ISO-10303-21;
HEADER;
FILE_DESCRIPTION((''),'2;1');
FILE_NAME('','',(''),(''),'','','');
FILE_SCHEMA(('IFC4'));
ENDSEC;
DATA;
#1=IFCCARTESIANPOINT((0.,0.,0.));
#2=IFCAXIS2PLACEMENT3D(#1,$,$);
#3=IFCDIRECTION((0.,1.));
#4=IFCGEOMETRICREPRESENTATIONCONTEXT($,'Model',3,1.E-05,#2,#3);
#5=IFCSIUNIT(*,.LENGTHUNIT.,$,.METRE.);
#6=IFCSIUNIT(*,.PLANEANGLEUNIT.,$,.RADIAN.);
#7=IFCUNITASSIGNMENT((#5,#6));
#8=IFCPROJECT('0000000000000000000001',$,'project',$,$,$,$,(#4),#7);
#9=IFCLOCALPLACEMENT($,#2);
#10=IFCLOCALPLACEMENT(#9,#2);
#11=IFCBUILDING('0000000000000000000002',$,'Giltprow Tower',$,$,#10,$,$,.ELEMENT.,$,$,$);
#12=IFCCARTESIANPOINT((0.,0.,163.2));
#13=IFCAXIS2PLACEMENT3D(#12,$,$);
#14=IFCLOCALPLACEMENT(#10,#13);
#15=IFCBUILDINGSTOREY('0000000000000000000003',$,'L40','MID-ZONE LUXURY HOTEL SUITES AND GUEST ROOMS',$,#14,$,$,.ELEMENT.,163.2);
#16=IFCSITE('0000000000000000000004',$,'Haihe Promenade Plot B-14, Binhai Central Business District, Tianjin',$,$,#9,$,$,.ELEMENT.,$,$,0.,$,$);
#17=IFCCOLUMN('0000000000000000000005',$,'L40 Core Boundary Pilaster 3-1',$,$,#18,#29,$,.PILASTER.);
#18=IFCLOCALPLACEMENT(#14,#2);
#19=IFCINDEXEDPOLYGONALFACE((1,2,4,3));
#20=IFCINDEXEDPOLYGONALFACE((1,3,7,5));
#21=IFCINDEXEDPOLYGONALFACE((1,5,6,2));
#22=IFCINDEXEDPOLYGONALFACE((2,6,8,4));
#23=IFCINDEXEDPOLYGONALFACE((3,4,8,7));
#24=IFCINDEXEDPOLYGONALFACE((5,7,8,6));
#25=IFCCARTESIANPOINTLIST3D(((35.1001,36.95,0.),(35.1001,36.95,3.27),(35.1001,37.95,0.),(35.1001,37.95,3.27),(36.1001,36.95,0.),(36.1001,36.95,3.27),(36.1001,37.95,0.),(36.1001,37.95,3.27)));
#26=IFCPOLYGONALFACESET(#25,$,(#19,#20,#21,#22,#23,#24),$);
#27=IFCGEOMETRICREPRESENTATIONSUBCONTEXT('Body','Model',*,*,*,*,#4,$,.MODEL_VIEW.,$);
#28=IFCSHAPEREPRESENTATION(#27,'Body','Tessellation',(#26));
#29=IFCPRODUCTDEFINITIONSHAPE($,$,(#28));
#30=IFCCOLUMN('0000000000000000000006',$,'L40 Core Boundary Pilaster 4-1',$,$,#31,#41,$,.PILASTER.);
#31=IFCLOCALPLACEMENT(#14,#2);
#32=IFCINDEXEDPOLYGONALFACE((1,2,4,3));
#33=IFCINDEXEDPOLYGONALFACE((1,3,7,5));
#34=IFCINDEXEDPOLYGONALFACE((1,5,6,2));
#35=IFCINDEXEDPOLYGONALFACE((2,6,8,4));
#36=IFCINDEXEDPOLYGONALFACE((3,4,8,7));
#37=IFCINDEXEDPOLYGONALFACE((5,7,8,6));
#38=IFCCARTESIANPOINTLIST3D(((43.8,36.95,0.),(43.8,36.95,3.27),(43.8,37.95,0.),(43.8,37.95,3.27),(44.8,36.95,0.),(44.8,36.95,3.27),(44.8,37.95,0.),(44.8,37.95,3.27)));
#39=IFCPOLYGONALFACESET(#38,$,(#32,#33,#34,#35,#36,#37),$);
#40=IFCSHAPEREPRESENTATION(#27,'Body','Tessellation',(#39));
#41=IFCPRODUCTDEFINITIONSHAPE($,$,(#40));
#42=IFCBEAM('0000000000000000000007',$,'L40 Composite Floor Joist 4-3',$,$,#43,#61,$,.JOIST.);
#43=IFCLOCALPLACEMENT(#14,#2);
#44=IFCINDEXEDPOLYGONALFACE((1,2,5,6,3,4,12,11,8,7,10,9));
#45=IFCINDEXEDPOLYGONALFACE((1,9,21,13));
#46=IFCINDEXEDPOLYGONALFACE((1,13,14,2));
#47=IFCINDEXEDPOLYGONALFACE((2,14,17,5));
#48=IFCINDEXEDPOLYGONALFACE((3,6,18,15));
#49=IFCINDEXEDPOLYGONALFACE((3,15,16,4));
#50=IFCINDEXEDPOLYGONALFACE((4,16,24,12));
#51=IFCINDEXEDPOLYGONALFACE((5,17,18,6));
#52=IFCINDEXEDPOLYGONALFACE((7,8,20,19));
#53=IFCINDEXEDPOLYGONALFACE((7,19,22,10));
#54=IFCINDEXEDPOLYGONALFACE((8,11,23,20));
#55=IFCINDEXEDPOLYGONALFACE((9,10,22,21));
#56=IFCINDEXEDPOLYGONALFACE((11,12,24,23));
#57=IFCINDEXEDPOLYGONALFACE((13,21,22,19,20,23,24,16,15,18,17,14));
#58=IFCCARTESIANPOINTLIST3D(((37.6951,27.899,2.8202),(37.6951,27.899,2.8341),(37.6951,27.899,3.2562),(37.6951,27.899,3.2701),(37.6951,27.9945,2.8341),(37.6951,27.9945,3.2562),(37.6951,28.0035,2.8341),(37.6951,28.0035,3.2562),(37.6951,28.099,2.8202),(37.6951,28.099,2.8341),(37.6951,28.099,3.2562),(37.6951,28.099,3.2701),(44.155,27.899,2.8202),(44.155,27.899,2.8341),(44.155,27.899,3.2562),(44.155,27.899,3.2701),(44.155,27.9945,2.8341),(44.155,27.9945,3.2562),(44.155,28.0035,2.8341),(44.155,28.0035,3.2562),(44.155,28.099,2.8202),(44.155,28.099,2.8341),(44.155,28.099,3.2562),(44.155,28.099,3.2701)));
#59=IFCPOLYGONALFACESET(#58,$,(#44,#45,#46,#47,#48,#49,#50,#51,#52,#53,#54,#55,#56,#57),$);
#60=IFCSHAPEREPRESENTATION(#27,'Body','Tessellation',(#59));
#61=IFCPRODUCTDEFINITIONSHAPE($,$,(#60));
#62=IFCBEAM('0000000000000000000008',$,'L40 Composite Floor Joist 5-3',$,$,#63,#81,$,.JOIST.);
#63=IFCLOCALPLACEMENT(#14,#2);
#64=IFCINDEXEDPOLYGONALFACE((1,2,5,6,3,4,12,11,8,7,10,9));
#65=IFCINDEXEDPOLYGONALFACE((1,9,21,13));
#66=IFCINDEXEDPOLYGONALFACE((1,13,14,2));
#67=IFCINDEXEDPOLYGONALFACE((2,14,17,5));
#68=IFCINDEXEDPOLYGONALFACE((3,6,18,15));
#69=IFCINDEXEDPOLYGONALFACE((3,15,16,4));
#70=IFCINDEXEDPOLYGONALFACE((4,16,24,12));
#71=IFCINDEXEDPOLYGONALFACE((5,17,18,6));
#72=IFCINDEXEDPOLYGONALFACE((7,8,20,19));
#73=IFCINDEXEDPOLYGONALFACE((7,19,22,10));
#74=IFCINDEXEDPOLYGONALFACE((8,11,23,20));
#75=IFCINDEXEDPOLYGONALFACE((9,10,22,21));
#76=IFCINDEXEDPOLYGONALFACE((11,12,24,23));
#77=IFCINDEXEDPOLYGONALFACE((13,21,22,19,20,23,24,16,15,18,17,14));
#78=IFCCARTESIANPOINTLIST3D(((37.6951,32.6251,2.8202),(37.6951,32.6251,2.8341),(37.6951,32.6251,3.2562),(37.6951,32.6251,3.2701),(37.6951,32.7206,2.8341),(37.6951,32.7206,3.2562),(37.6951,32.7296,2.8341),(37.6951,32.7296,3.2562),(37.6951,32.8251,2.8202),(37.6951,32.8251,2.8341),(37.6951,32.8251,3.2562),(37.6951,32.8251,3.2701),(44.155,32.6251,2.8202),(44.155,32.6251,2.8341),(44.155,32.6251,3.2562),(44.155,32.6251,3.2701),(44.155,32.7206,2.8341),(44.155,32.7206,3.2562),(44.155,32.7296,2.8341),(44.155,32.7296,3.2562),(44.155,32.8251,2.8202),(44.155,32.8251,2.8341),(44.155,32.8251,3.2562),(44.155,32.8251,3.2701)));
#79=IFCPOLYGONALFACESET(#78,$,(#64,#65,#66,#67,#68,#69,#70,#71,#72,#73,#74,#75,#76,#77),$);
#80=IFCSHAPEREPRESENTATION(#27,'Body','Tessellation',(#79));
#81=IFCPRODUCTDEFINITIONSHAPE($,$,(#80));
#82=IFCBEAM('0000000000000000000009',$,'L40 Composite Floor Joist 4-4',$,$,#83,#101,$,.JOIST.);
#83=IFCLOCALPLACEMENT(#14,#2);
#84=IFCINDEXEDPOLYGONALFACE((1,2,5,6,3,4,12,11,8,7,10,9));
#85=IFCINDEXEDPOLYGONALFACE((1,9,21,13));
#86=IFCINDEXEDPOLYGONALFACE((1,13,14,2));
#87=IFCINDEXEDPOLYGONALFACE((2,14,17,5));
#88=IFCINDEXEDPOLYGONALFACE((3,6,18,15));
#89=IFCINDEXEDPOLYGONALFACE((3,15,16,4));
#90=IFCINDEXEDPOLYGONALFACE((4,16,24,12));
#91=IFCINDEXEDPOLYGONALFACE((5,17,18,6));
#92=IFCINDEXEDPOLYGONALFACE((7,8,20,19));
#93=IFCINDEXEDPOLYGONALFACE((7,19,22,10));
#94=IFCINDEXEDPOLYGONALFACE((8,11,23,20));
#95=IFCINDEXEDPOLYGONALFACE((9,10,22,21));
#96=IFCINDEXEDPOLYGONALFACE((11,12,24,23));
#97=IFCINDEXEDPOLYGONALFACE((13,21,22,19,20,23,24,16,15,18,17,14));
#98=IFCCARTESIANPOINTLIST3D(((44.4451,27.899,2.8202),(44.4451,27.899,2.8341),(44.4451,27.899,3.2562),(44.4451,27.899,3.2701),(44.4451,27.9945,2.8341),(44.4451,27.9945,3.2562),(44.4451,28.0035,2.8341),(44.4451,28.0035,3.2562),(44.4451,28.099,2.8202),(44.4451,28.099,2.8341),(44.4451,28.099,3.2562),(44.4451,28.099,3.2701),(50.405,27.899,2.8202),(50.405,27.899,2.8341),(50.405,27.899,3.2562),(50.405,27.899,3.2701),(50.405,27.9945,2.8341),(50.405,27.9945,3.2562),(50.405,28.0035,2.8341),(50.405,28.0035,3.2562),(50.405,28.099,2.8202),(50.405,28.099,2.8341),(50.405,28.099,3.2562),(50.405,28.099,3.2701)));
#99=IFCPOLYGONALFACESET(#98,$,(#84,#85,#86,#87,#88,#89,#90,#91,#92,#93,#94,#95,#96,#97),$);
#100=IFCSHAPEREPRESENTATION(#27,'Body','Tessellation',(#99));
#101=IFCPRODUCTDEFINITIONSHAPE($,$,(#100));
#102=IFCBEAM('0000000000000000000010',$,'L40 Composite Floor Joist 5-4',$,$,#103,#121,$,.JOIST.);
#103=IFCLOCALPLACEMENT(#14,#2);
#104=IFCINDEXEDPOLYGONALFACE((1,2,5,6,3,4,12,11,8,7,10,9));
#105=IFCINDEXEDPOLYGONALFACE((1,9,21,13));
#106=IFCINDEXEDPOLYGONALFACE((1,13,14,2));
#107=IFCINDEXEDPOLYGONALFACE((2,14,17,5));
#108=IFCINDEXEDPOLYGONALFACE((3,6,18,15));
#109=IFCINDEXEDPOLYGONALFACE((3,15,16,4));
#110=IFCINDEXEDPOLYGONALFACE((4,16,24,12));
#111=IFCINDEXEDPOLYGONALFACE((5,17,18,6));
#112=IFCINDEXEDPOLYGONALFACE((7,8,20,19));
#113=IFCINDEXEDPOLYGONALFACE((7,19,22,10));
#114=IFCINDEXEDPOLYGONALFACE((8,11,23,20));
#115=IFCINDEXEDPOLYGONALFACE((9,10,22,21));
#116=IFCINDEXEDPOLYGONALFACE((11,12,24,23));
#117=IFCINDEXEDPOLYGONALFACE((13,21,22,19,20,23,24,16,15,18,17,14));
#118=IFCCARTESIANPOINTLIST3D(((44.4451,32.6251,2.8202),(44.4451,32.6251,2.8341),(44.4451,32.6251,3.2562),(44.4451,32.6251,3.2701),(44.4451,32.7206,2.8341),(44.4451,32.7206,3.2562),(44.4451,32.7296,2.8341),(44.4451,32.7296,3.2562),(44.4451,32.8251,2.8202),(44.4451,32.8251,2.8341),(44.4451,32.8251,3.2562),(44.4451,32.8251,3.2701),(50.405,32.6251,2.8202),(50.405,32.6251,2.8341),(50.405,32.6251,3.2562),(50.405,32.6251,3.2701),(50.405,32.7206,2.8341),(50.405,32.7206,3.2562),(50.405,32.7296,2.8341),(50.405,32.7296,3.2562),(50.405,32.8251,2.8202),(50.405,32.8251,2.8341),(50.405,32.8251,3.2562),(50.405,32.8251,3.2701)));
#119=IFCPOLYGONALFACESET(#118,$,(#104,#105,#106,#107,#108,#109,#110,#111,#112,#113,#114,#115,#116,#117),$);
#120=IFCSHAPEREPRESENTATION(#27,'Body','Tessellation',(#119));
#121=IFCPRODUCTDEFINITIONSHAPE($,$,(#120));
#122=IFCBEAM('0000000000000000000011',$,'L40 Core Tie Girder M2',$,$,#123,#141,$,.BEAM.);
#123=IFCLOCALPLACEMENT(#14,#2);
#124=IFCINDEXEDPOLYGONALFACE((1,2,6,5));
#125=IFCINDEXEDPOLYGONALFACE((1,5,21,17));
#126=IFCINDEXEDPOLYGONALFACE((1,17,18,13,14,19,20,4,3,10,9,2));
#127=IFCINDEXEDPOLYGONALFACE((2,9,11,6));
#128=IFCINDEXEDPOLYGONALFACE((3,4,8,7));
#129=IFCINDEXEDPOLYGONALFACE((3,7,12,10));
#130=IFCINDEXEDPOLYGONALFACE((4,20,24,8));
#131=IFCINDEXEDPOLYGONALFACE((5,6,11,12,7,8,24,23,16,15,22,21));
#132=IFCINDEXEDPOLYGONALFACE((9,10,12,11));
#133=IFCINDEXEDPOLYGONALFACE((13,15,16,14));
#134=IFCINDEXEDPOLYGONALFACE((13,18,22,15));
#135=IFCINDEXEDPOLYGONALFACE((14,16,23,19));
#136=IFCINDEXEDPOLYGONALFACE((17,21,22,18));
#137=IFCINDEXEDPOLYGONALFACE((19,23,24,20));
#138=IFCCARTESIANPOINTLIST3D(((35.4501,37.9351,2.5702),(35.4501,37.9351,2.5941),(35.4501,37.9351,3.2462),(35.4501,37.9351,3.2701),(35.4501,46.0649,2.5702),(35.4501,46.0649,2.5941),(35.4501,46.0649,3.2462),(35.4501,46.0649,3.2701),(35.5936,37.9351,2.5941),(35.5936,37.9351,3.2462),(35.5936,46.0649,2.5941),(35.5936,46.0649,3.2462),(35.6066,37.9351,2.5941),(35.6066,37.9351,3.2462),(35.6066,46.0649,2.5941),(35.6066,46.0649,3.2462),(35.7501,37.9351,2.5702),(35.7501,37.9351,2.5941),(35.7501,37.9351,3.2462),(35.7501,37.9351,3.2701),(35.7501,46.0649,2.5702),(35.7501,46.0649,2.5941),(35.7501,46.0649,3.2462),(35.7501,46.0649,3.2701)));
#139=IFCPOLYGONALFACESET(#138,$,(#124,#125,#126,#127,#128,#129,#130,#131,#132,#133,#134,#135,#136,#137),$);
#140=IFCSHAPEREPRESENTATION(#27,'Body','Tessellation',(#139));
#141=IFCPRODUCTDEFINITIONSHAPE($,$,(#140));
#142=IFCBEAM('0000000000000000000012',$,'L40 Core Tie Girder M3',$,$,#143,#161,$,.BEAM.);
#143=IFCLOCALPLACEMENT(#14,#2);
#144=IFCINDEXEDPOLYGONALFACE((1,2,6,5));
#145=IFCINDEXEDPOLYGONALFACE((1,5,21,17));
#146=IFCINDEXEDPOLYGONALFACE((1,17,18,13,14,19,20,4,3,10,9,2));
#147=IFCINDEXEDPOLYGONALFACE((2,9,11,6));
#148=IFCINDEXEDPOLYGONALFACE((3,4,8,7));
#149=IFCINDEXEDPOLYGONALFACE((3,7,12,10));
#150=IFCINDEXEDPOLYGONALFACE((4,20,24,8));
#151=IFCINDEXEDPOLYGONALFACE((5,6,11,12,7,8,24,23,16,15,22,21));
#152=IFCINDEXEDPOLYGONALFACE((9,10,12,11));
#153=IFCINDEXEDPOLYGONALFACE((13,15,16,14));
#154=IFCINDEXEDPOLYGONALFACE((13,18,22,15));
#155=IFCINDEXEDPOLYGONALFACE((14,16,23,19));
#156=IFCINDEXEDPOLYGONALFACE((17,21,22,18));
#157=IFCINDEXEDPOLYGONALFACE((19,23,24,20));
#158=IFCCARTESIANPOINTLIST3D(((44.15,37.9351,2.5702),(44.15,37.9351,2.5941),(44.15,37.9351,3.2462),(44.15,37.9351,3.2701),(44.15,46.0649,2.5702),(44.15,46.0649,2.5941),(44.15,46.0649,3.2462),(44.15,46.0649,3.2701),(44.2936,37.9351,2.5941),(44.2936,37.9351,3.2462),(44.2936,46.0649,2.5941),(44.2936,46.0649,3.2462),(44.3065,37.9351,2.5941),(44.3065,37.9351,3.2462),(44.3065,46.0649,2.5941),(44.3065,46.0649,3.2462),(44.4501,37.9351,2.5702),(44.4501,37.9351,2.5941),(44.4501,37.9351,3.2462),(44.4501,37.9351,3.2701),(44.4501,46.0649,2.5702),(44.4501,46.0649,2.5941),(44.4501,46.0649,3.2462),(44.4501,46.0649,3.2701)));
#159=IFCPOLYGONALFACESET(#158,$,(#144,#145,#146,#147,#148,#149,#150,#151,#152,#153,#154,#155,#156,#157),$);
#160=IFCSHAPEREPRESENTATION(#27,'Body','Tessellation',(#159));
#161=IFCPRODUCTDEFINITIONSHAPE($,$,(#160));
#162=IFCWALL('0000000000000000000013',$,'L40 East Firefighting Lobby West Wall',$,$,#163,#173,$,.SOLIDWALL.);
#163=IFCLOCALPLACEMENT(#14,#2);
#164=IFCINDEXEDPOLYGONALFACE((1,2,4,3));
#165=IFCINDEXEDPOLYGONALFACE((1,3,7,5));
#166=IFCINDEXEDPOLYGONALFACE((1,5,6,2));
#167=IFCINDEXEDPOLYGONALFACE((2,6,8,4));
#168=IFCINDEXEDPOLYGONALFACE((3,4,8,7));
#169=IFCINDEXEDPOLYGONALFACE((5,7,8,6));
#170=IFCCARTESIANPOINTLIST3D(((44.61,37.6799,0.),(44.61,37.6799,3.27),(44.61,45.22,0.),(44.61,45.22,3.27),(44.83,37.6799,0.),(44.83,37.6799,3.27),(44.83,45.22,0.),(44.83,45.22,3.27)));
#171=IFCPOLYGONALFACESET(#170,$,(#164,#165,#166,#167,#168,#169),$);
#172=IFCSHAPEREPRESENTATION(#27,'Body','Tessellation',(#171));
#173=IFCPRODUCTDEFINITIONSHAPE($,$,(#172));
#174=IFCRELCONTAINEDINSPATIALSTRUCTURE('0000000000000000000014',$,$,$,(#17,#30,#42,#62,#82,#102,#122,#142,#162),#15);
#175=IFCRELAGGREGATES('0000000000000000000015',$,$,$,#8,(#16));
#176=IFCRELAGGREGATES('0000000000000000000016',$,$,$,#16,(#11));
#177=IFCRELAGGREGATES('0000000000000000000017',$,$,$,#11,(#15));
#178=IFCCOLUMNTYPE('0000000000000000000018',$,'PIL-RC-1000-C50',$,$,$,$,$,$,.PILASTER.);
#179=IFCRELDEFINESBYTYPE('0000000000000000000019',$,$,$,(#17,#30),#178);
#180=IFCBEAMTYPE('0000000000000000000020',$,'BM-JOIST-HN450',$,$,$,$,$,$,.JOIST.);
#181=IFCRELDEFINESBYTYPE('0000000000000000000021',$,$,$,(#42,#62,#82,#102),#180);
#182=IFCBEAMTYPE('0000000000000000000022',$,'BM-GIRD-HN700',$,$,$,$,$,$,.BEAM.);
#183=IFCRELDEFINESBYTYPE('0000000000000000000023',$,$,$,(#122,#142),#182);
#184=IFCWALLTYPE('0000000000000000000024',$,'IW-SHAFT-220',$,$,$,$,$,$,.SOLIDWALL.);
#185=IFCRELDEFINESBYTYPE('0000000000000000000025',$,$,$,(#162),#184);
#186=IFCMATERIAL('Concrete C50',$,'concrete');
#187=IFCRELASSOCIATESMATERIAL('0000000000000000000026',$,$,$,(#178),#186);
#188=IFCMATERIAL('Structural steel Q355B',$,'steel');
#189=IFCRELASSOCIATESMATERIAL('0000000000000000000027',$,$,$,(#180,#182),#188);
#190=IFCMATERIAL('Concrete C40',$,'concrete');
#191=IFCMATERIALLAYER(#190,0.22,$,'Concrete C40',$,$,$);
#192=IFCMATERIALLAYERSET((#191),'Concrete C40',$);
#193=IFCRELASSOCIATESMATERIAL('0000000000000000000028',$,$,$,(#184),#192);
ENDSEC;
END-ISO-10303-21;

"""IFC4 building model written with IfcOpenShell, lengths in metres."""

from ifc_helpers import new_model, si_unit, direction, frame, frame_2d, origin, origin_2d, place, context, subcontext, project, spatial, rectangle, i_section, extrude, source, transform, mapped, material, layer, layer_set, material_profile, profile_set, type_object, element, save


model = new_model("IFC4")

# Units and contexts
model_context = context("Model", 3, precision=1e-05, world=origin(), true_north=direction((0.0, 1.0)))
body_context = subcontext(model_context, "Body", "Model", "MODEL_VIEW")
ifc_project = project(units=[si_unit("LENGTHUNIT", "METRE"), si_unit("PLANEANGLEUNIT", "RADIAN")], contexts=[model_context])

# Site, building, storey
site_placement = place(None, origin())
site = spatial("IfcSite", under=ifc_project, at=site_placement, Name="Haihe Promenade Plot B-14, Binhai Central Business District, Tianjin", CompositionType="ELEMENT", RefElevation=0.0)
building_placement = place(site_placement, origin())
building = spatial("IfcBuilding", under=site, at=building_placement, Name="Giltprow Tower", CompositionType="ELEMENT")
storey_placement = place(building_placement, frame((0.0, 0.0, 163.2)))
storey = spatial("IfcBuildingStorey", under=building, at=storey_placement, Name="L40", Description="MID-ZONE LUXURY HOTEL SUITES AND GUEST ROOMS", CompositionType="ELEMENT", Elevation=163.2)

# Columns
ifc_material_1 = material(Name="Concrete C50", Category="concrete")
ifc_material_profile_1 = material_profile(ifc_material_1, rectangle(XDim=1.0, YDim=1.0, at=origin_2d()), Name="RC 1000x1000")
ifc_profile_set_1 = profile_set([ifc_material_profile_1], Name="Concrete C50")
column_type = type_object("IfcColumnType", Name="PIL-RC-1000-C50", PredefinedType="PILASTER", material=ifc_profile_set_1)
shared_shape_1 = source(origin(), body_context, "Body", "SweptSolid", [
    extrude(rectangle(XDim=1.0, YDim=1.0, at=origin_2d()), origin(), (0.0, 0.0, 1.0), 3.27),
])
for number, where, z_axis, x_axis, name in (
    (1, (35.6001, 37.45, 0.0), (0.0, 0.0, 1.0), (1.0, 0.0, 0.0), "L40 Core Boundary Pilaster 3-1"),
    (2, (44.3, 37.45, 0.0), (0.0, 0.0, 1.0), (1.0, 0.0, 0.0), "L40 Core Boundary Pilaster 4-1"),
):
    element("IfcColumn", number, at=place(storey_placement, frame(where, z_axis=z_axis, x_axis=x_axis)), inside=storey, type_object=column_type, Name=name, PredefinedType="PILASTER", context=body_context, shape_type="MappedRepresentation", body=[
        mapped(shared_shape_1, transform((0.0, 0.0, 0.0), x_axis=(1.0, 0.0, 0.0), y_axis=(0.0, 1.0, 0.0), z_axis=(0.0, 0.0, 1.0), scale=1.0)),
    ])

# Beams
ifc_material_2 = material(Name="Structural steel Q355B", Category="steel")
ifc_material_profile_2 = material_profile(ifc_material_2, i_section(OverallWidth=0.2, OverallDepth=0.45, WebThickness=0.009, FlangeThickness=0.0139, at=origin_2d()), Name="HN 450x200x9x14")
ifc_profile_set_2 = profile_set([ifc_material_profile_2], Name="Structural steel Q355B")
beam_type_1 = type_object("IfcBeamType", Name="BM-JOIST-HN450", PredefinedType="JOIST", material=ifc_profile_set_2)
shared_shape_2 = source(origin(), body_context, "Body", "SweptSolid", [
    extrude(i_section(OverallWidth=0.2, OverallDepth=0.45, WebThickness=0.009, FlangeThickness=0.0139, at=origin_2d()), origin(), (0.0, 0.0, 1.0), 6.46),
])
for number, where, z_axis, x_axis, name in (
    (3, (37.6951, 27.999, 3.0452), (1.0, 0.0, 0.0), (0.0, 1.0, 0.0), "L40 Composite Floor Joist 4-3"),
    (4, (37.6951, 32.7251, 3.0452), (1.0, 0.0, 0.0), (0.0, 1.0, 0.0), "L40 Composite Floor Joist 5-3"),
):
    element("IfcBeam", number, at=place(storey_placement, frame(where, z_axis=z_axis, x_axis=x_axis)), inside=storey, type_object=beam_type_1, Name=name, PredefinedType="JOIST", context=body_context, shape_type="MappedRepresentation", body=[
        mapped(shared_shape_2, transform((0.0, 0.0, 0.0), x_axis=(1.0, 0.0, 0.0), y_axis=(0.0, 1.0, 0.0), z_axis=(0.0, 0.0, 1.0), scale=1.0)),
    ])
shared_shape_3 = source(origin(), body_context, "Body", "SweptSolid", [
    extrude(i_section(OverallWidth=0.2, OverallDepth=0.45, WebThickness=0.009, FlangeThickness=0.0139, at=origin_2d()), origin(), (0.0, 0.0, 1.0), 5.96),
])
for number, where, z_axis, x_axis, name in (
    (5, (44.4451, 27.999, 3.0452), (1.0, 0.0, 0.0), (0.0, 1.0, 0.0), "L40 Composite Floor Joist 4-4"),
    (6, (44.4451, 32.7251, 3.0452), (1.0, 0.0, 0.0), (0.0, 1.0, 0.0), "L40 Composite Floor Joist 5-4"),
):
    element("IfcBeam", number, at=place(storey_placement, frame(where, z_axis=z_axis, x_axis=x_axis)), inside=storey, type_object=beam_type_1, Name=name, PredefinedType="JOIST", context=body_context, shape_type="MappedRepresentation", body=[
        mapped(shared_shape_3, transform((0.0, 0.0, 0.0), x_axis=(1.0, 0.0, 0.0), y_axis=(0.0, 1.0, 0.0), z_axis=(0.0, 0.0, 1.0), scale=1.0)),
    ])
ifc_material_profile_3 = material_profile(ifc_material_2, i_section(OverallWidth=0.3, OverallDepth=0.7, WebThickness=0.0129, FlangeThickness=0.0239, at=origin_2d()), Name="HN 700x300x13x24")
ifc_profile_set_3 = profile_set([ifc_material_profile_3], Name="Structural steel Q355B")
beam_type_2 = type_object("IfcBeamType", Name="BM-GIRD-HN700", PredefinedType="BEAM", material=ifc_profile_set_3)
shared_shape_4 = source(origin(), body_context, "Body", "SweptSolid", [
    extrude(i_section(OverallWidth=0.3, OverallDepth=0.7, WebThickness=0.0129, FlangeThickness=0.0239, at=origin_2d()), origin(), (0.0, 0.0, 1.0), 8.1299),
])
for number, where, z_axis, x_axis, name in (
    (7, (35.6001, 37.9351, 2.9202), (0.0, 1.0, 0.0), (-1.0, 0.0, 0.0), "L40 Core Tie Girder M2"),
    (8, (44.3, 37.9351, 2.9202), (0.0, 1.0, 0.0), (-1.0, 0.0, 0.0), "L40 Core Tie Girder M3"),
):
    element("IfcBeam", number, at=place(storey_placement, frame(where, z_axis=z_axis, x_axis=x_axis)), inside=storey, type_object=beam_type_2, Name=name, PredefinedType="BEAM", context=body_context, shape_type="MappedRepresentation", body=[
        mapped(shared_shape_4, transform((0.0, 0.0, 0.0), x_axis=(1.0, 0.0, 0.0), y_axis=(0.0, 1.0, 0.0), z_axis=(0.0, 0.0, 1.0), scale=1.0)),
    ])

# Wall
ifc_material_3 = material(Name="Concrete C40", Category="concrete")
ifc_layer_1 = layer(ifc_material_3, 0.22, Name="Concrete C40")
ifc_layer_set_1 = layer_set([ifc_layer_1], Name="Concrete C40")
wall_type_1 = type_object("IfcWallType", Name="IW-SHAFT-220", PredefinedType="SOLIDWALL", material=ifc_layer_set_1)
wall_1_placement = place(storey_placement, frame((44.72, 37.6799, 0.0), z_axis=(0.0, 0.0, 1.0), x_axis=(0.0, 1.0, 0.0)))
element("IfcWall", 9, at=wall_1_placement, inside=storey, type_object=wall_type_1, Name="L40 East Firefighting Lobby West Wall", PredefinedType="SOLIDWALL", context=body_context, shape_type="SweptSolid", body=[
    extrude(rectangle(XDim=7.54, YDim=0.22, at=frame_2d((3.77, 0.0))), origin(), (0.0, 0.0, 1.0), 3.27),
])

save(model, "model.ifc")
